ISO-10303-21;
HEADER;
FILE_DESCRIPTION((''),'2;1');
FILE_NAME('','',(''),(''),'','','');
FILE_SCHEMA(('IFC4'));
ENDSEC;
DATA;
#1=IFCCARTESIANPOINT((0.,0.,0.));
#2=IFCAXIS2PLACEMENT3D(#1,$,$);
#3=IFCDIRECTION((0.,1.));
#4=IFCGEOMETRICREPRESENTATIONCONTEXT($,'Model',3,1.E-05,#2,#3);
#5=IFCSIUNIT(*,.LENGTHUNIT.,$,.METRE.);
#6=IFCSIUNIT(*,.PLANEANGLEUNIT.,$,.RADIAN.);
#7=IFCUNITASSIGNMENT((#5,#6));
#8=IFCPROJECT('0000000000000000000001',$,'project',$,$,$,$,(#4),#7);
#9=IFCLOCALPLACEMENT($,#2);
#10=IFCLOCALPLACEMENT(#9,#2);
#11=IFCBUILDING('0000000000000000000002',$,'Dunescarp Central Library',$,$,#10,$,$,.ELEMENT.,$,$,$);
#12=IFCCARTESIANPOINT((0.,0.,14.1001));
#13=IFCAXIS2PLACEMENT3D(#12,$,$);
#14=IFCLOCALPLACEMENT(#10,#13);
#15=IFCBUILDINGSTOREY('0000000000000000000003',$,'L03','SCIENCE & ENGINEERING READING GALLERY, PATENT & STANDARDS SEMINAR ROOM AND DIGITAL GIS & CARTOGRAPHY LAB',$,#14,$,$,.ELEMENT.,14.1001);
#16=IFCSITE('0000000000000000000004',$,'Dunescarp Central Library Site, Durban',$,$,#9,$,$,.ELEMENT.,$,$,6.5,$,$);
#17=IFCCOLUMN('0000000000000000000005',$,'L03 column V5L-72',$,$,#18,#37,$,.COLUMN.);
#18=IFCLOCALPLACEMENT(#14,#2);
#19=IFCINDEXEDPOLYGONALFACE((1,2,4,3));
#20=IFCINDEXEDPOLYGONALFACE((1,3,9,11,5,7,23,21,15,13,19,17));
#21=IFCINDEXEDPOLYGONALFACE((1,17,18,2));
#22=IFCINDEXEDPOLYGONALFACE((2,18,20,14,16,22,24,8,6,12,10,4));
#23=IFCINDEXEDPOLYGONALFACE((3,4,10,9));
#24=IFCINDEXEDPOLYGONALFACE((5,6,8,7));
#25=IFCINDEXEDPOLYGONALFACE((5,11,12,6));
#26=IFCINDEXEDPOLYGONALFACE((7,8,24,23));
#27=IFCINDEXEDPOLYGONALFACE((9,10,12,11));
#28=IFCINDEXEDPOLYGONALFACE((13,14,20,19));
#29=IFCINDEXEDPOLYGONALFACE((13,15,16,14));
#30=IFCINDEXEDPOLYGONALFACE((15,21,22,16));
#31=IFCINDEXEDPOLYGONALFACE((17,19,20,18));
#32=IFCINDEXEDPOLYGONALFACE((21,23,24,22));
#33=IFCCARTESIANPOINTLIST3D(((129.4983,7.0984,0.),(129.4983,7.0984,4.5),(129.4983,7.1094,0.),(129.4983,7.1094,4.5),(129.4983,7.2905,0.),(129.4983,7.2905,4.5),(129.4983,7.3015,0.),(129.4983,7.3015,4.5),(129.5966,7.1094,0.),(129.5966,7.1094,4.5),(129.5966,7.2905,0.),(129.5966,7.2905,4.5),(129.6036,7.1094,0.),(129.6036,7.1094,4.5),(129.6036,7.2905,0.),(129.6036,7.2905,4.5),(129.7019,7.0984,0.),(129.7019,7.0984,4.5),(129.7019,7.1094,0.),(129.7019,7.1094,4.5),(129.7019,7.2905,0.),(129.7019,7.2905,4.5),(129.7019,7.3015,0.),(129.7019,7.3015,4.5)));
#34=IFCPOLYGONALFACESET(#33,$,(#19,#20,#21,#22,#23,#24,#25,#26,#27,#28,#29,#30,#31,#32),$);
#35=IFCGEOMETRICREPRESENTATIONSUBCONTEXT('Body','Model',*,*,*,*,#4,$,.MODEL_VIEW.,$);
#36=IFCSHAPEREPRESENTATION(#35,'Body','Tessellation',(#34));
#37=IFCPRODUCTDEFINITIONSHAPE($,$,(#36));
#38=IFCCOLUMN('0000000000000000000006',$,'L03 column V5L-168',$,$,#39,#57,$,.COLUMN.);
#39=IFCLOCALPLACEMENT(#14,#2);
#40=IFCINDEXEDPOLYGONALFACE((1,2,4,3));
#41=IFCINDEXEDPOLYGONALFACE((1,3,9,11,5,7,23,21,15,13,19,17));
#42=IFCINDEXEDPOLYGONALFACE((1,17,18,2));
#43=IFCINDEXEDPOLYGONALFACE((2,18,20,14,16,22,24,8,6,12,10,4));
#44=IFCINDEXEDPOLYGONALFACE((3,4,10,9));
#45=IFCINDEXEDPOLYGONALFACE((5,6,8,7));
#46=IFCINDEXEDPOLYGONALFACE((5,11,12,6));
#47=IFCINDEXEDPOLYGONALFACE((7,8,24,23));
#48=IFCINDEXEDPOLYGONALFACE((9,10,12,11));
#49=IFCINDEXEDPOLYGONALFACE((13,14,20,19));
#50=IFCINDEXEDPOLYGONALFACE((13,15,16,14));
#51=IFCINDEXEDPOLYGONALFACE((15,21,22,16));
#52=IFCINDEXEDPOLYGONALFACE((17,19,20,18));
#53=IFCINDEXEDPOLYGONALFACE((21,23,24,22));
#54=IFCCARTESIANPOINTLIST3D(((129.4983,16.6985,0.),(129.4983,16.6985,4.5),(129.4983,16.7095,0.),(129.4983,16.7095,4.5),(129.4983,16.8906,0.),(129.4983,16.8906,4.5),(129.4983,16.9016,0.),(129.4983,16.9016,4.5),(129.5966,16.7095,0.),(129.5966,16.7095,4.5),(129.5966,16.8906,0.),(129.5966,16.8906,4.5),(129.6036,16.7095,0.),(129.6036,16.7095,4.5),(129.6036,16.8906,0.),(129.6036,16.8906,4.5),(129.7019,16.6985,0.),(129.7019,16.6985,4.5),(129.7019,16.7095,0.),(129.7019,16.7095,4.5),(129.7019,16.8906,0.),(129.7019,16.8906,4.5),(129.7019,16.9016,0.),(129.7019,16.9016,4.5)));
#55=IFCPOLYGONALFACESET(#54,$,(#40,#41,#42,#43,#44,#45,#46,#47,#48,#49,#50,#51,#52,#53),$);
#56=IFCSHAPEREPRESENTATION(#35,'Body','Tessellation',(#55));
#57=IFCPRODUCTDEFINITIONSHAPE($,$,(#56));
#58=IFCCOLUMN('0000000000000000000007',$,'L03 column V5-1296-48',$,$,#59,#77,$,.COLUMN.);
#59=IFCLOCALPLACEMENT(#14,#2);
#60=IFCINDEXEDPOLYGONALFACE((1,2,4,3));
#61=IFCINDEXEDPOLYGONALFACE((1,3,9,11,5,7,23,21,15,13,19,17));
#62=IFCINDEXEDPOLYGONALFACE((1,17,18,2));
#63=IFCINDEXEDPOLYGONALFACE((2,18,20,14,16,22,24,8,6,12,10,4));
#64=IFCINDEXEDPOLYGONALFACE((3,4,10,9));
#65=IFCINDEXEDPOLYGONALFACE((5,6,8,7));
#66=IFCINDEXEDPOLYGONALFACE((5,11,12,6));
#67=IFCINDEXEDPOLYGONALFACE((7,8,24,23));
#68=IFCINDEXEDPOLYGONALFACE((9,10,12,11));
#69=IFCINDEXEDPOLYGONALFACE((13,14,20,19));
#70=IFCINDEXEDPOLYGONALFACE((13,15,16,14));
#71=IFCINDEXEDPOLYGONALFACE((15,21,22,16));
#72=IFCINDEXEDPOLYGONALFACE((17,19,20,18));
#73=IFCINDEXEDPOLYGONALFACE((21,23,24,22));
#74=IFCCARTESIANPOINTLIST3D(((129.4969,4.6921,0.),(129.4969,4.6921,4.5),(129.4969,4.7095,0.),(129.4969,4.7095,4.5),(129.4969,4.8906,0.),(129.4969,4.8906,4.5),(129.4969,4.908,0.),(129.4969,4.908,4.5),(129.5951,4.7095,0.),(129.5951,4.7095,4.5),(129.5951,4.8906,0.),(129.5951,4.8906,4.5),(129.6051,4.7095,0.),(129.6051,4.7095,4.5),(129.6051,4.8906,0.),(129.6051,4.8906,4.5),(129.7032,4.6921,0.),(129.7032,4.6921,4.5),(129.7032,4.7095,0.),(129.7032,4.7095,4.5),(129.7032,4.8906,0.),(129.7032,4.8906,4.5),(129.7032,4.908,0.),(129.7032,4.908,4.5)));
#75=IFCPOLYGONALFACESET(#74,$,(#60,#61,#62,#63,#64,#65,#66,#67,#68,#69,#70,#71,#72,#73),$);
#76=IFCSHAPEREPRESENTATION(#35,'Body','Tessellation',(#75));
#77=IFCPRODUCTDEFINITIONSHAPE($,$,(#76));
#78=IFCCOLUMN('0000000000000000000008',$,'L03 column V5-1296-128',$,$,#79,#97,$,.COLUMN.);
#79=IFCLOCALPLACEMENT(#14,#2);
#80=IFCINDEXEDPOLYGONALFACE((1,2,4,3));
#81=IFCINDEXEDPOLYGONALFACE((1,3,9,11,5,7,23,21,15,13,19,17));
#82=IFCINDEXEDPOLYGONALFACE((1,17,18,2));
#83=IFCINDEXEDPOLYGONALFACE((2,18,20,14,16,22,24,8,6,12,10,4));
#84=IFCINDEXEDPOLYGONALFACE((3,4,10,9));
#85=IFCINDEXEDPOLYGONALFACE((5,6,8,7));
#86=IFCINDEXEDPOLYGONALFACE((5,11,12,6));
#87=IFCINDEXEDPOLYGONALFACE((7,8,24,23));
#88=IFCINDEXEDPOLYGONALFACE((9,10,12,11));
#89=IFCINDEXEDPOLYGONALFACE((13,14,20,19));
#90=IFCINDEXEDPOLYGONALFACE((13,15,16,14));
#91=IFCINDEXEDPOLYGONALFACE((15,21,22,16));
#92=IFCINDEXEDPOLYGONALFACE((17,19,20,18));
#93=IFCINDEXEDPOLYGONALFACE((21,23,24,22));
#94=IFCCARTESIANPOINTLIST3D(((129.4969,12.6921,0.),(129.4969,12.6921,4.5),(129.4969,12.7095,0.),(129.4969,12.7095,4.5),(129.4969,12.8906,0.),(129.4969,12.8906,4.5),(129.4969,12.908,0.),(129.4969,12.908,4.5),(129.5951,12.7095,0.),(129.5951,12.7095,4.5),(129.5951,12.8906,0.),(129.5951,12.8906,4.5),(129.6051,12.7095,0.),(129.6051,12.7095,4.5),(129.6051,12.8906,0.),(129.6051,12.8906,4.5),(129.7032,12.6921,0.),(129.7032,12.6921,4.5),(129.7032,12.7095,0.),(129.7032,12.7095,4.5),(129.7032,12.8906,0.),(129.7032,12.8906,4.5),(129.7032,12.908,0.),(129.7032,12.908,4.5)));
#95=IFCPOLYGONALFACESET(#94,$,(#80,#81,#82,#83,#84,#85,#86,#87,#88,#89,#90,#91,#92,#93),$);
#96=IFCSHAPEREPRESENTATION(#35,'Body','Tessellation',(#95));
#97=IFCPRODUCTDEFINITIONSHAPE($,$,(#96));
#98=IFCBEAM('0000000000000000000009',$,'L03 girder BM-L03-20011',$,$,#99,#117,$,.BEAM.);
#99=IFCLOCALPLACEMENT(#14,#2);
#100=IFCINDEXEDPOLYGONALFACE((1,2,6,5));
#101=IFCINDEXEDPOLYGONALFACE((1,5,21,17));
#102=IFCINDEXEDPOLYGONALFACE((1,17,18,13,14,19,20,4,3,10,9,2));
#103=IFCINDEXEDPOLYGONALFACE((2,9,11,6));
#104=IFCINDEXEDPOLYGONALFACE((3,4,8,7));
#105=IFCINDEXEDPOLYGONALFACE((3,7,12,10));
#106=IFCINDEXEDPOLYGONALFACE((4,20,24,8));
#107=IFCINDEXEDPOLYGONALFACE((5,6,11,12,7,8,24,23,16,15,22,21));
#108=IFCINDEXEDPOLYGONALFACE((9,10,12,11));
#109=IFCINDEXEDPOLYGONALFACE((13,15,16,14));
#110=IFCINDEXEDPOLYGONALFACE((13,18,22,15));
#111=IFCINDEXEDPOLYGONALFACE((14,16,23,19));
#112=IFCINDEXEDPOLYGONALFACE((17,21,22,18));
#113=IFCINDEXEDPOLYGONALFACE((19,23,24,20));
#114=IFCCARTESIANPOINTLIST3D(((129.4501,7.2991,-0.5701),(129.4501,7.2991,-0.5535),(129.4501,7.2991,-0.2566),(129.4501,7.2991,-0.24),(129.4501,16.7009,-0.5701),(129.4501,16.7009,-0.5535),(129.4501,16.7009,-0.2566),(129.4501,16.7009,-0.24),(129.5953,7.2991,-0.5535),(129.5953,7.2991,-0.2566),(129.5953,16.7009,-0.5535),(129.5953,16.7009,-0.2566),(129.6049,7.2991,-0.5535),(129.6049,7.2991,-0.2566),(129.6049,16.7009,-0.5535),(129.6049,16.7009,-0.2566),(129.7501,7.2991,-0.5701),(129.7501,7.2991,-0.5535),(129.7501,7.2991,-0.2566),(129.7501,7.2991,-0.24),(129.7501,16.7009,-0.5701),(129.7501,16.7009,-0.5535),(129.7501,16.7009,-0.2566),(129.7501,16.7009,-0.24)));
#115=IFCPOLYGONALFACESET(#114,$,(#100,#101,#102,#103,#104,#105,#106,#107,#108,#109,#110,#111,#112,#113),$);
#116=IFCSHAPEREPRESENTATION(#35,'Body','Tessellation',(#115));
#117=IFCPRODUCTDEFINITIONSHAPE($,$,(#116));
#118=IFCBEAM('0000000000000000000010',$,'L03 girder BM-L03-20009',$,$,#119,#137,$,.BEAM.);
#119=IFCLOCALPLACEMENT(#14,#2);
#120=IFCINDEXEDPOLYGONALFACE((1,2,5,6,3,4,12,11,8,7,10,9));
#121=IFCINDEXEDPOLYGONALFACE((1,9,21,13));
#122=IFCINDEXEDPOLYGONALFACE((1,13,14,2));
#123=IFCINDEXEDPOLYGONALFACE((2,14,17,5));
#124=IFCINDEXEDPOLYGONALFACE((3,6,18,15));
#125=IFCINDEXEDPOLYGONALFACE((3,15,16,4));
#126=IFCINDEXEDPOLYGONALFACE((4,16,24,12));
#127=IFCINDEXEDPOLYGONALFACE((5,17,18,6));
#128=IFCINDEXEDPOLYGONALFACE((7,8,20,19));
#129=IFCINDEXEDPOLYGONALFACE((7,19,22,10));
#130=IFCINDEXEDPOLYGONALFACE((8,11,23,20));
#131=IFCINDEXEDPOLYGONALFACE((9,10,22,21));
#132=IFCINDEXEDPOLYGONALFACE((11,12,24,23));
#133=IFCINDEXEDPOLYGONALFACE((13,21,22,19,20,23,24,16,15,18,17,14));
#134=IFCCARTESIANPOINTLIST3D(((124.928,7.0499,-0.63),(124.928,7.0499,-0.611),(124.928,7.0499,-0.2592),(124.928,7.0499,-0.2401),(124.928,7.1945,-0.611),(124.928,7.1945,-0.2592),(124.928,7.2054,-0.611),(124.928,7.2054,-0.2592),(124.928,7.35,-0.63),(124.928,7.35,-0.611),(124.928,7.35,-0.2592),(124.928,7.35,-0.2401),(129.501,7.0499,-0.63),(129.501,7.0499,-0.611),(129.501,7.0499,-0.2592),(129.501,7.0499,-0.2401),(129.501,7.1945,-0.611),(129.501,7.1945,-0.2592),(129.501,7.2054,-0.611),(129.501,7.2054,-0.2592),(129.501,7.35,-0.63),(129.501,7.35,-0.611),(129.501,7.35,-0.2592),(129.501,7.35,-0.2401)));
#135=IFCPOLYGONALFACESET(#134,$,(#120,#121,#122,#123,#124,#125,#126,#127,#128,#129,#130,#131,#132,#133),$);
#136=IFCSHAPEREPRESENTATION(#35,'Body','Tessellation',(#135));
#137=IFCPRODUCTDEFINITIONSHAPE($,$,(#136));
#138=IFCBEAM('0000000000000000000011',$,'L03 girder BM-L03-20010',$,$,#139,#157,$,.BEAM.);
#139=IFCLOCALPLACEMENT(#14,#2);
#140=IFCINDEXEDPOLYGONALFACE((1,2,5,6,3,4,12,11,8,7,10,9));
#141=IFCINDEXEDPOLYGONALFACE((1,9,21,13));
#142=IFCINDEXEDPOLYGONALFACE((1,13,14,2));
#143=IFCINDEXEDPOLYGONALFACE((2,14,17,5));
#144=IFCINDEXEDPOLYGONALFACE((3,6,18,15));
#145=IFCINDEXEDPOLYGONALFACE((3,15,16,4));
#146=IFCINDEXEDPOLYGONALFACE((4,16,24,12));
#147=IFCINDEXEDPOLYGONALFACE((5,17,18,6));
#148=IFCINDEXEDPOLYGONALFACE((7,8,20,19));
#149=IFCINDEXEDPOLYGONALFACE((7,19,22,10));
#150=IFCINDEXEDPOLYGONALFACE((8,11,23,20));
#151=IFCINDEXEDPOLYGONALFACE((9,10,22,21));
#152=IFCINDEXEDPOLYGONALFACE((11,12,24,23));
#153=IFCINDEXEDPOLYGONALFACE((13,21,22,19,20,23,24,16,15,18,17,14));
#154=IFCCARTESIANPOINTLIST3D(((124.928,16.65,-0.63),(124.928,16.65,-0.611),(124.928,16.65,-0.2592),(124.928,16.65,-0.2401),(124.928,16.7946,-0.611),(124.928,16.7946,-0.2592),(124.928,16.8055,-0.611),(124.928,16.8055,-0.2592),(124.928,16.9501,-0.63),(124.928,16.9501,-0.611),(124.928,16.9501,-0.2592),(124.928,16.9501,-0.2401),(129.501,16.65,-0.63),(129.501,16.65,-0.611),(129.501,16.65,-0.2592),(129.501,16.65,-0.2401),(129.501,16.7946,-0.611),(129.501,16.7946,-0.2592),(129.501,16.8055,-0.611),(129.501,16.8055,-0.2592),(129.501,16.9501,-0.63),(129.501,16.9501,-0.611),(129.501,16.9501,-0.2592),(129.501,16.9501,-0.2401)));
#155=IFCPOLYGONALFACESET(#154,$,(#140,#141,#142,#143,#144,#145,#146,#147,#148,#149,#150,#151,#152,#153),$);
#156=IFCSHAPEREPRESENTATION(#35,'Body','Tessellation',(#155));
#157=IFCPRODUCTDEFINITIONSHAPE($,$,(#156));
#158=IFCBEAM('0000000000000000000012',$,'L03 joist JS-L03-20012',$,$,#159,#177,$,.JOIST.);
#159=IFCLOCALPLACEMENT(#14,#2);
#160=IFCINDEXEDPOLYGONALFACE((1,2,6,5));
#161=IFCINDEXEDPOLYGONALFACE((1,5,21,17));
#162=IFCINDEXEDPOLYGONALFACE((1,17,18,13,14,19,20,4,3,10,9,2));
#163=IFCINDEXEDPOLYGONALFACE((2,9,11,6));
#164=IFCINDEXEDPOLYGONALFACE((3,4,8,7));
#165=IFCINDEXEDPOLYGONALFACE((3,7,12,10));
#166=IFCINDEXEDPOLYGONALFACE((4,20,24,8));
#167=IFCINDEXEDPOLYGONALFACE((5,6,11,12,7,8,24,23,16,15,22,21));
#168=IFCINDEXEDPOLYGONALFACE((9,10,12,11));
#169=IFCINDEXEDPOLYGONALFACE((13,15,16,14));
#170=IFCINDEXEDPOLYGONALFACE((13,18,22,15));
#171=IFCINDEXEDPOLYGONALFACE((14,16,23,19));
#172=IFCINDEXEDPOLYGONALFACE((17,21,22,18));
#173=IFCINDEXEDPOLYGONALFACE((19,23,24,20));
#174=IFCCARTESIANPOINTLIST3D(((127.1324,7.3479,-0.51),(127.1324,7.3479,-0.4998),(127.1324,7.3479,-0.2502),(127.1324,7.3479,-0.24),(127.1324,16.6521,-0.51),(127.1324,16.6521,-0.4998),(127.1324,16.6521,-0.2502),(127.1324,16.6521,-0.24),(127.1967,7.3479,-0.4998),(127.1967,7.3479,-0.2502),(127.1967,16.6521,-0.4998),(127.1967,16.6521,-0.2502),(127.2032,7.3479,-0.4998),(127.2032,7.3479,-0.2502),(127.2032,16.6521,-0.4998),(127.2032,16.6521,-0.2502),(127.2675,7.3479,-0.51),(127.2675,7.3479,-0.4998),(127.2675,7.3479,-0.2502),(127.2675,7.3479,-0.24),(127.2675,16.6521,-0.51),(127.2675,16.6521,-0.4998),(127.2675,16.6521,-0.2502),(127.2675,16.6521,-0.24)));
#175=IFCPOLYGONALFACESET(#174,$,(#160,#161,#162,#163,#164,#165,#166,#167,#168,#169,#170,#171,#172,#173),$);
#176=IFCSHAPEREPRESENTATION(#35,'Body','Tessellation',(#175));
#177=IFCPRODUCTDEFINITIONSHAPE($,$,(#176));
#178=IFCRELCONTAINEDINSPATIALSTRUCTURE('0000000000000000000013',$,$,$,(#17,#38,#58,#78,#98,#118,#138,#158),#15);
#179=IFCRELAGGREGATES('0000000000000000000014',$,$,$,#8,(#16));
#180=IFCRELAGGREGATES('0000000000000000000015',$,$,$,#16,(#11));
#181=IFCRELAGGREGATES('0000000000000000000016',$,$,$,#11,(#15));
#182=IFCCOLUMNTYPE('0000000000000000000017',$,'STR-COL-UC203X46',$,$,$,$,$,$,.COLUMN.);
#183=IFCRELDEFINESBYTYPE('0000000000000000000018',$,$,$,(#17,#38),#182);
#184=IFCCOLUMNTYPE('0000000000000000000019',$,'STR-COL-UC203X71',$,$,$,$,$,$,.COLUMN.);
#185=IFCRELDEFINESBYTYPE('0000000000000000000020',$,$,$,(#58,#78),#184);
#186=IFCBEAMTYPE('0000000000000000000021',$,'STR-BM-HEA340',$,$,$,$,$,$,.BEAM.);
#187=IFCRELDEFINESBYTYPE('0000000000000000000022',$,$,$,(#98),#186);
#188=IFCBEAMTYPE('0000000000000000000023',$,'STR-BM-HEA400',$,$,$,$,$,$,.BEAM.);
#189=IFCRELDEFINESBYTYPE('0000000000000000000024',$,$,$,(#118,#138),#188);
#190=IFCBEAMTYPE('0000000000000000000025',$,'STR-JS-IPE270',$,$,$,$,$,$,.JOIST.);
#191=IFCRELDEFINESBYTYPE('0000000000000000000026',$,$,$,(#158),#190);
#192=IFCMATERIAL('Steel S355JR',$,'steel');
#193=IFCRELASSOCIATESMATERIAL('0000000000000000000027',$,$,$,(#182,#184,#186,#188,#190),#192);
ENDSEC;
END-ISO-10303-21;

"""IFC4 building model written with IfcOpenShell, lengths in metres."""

from ifc_helpers import new_model, si_unit, direction, frame, origin, origin_2d, place, context, subcontext, project, spatial, i_section, extrude, material, material_profile, profile_set, type_object, element, save


model = new_model("IFC4")

# Units and contexts
model_context = context("Model", 3, precision=1e-05, world=origin(), true_north=direction((0.0, 1.0)))
body_context = subcontext(model_context, "Body", "Model", "MODEL_VIEW")
ifc_project = project(units=[si_unit("LENGTHUNIT", "METRE"), si_unit("PLANEANGLEUNIT", "RADIAN")], contexts=[model_context])

# Site, building, storey
site_placement = place(None, origin())
site = spatial("IfcSite", under=ifc_project, at=site_placement, Name="Dunescarp Central Library Site, Durban", CompositionType="ELEMENT", RefElevation=6.5)
building_placement = place(site_placement, origin())
building = spatial("IfcBuilding", under=site, at=building_placement, Name="Dunescarp Central Library", CompositionType="ELEMENT")
storey_placement = place(building_placement, frame((0.0, 0.0, 14.1001)))
storey = spatial("IfcBuildingStorey", under=building, at=storey_placement, Name="L03", Description="SCIENCE & ENGINEERING READING GALLERY, PATENT & STANDARDS SEMINAR ROOM AND DIGITAL GIS & CARTOGRAPHY LAB", CompositionType="ELEMENT", Elevation=14.1001)

# Columns
ifc_material_1 = material(Name="Steel S355JR", Category="steel")
ifc_material_profile_1 = material_profile(ifc_material_1, i_section(OverallWidth=0.2036, OverallDepth=0.2031, WebThickness=0.0071, FlangeThickness=0.011, at=origin_2d()), Name="UC 203x203x46")
ifc_profile_set_1 = profile_set([ifc_material_profile_1], Name="Steel S355JR")
column_type_1 = type_object("IfcColumnType", Name="STR-COL-UC203X46", PredefinedType="COLUMN", material=ifc_profile_set_1)
for number, where, z_axis, x_axis, name in (
    (1, (129.6001, 7.2, 0.0), (0.0, 0.0, 1.0), (1.0, 0.0, 0.0), "L03 column V5L-72"),
    (2, (129.6001, 16.8, 0.0), (0.0, 0.0, 1.0), (1.0, 0.0, 0.0), "L03 column V5L-168"),
):
    element("IfcColumn", number, at=place(storey_placement, frame(where, z_axis=z_axis, x_axis=x_axis)), inside=storey, type_object=column_type_1, Name=name, PredefinedType="COLUMN", context=body_context, shape_type="SweptSolid", body=[
        extrude(i_section(OverallWidth=0.2036, OverallDepth=0.2031, WebThickness=0.0071, FlangeThickness=0.011, at=origin_2d()), origin(), (0.0, 0.0, 1.0), 4.5),
    ])
ifc_material_profile_2 = material_profile(ifc_material_1, i_section(OverallWidth=0.2063, OverallDepth=0.2158, WebThickness=0.01, FlangeThickness=0.0173, at=origin_2d()), Name="UC 203x203x71")
ifc_profile_set_2 = profile_set([ifc_material_profile_2], Name="Steel S355JR")
column_type_2 = type_object("IfcColumnType", Name="STR-COL-UC203X71", PredefinedType="COLUMN", material=ifc_profile_set_2)
for number, where, z_axis, x_axis, name in (
    (3, (129.6001, 4.8, 0.0), (0.0, 0.0, 1.0), (1.0, 0.0, 0.0), "L03 column V5-1296-48"),
    (4, (129.6001, 12.8, 0.0), (0.0, 0.0, 1.0), (1.0, 0.0, 0.0), "L03 column V5-1296-128"),
):
    element("IfcColumn", number, at=place(storey_placement, frame(where, z_axis=z_axis, x_axis=x_axis)), inside=storey, type_object=column_type_2, Name=name, PredefinedType="COLUMN", context=body_context, shape_type="SweptSolid", body=[
        extrude(i_section(OverallWidth=0.2063, OverallDepth=0.2158, WebThickness=0.01, FlangeThickness=0.0173, at=origin_2d()), origin(), (0.0, 0.0, 1.0), 4.5),
    ])

# Beams
ifc_material_profile_3 = material_profile(ifc_material_1, i_section(OverallWidth=0.3, OverallDepth=0.3301, WebThickness=0.0095, FlangeThickness=0.0166, at=origin_2d()), Name="HEA 340")
ifc_profile_set_3 = profile_set([ifc_material_profile_3], Name="Steel S355JR")
beam_type_1 = type_object("IfcBeamType", Name="STR-BM-HEA340", PredefinedType="BEAM", material=ifc_profile_set_3)
beam_1_placement = place(storey_placement, frame((129.6001, 7.2991, -0.405), z_axis=(0.0, 1.0, 0.0), x_axis=(-1.0, 0.0, 0.0)))
element("IfcBeam", 5, at=beam_1_placement, inside=storey, type_object=beam_type_1, Name="L03 girder BM-L03-20011", PredefinedType="BEAM", context=body_context, shape_type="SweptSolid", body=[
    extrude(i_section(OverallWidth=0.3, OverallDepth=0.3301, WebThickness=0.0095, FlangeThickness=0.0166, at=origin_2d()), origin(), (0.0, 0.0, 1.0), 9.4019),
])
ifc_material_profile_4 = material_profile(ifc_material_1, i_section(OverallWidth=0.3, OverallDepth=0.3899, WebThickness=0.011, FlangeThickness=0.019, at=origin_2d()), Name="HEA 400")
ifc_profile_set_4 = profile_set([ifc_material_profile_4], Name="Steel S355JR")
beam_type_2 = type_object("IfcBeamType", Name="STR-BM-HEA400", PredefinedType="BEAM", material=ifc_profile_set_4)
for number, where, z_axis, x_axis, name in (
    (6, (124.928, 7.2, -0.4351), (1.0, 0.0, 0.0), (0.0, 1.0, 0.0), "L03 girder BM-L03-20009"),
    (7, (124.928, 16.8, -0.4351), (1.0, 0.0, 0.0), (0.0, 1.0, 0.0), "L03 girder BM-L03-20010"),
):
    element("IfcBeam", number, at=place(storey_placement, frame(where, z_axis=z_axis, x_axis=x_axis)), inside=storey, type_object=beam_type_2, Name=name, PredefinedType="BEAM", context=body_context, shape_type="SweptSolid", body=[
        extrude(i_section(OverallWidth=0.3, OverallDepth=0.3899, WebThickness=0.011, FlangeThickness=0.019, at=origin_2d()), origin(), (0.0, 0.0, 1.0), 4.573),
    ])
ifc_material_profile_5 = material_profile(ifc_material_1, i_section(OverallWidth=0.135, OverallDepth=0.27, WebThickness=0.0066, FlangeThickness=0.0103, at=origin_2d()), Name="IPE 270")
ifc_profile_set_5 = profile_set([ifc_material_profile_5], Name="Steel S355JR")
beam_type_3 = type_object("IfcBeamType", Name="STR-JS-IPE270", PredefinedType="JOIST", material=ifc_profile_set_5)
beam_2_placement = place(storey_placement, frame((127.2, 7.3479, -0.375), z_axis=(0.0, 1.0, 0.0), x_axis=(-1.0, 0.0, 0.0)))
element("IfcBeam", 8, at=beam_2_placement, inside=storey, type_object=beam_type_3, Name="L03 joist JS-L03-20012", PredefinedType="JOIST", context=body_context, shape_type="SweptSolid", body=[
    extrude(i_section(OverallWidth=0.135, OverallDepth=0.27, WebThickness=0.0066, FlangeThickness=0.0103, at=origin_2d()), origin(), (0.0, 0.0, 1.0), 9.3042),
])

save(model, "model.ifc")
